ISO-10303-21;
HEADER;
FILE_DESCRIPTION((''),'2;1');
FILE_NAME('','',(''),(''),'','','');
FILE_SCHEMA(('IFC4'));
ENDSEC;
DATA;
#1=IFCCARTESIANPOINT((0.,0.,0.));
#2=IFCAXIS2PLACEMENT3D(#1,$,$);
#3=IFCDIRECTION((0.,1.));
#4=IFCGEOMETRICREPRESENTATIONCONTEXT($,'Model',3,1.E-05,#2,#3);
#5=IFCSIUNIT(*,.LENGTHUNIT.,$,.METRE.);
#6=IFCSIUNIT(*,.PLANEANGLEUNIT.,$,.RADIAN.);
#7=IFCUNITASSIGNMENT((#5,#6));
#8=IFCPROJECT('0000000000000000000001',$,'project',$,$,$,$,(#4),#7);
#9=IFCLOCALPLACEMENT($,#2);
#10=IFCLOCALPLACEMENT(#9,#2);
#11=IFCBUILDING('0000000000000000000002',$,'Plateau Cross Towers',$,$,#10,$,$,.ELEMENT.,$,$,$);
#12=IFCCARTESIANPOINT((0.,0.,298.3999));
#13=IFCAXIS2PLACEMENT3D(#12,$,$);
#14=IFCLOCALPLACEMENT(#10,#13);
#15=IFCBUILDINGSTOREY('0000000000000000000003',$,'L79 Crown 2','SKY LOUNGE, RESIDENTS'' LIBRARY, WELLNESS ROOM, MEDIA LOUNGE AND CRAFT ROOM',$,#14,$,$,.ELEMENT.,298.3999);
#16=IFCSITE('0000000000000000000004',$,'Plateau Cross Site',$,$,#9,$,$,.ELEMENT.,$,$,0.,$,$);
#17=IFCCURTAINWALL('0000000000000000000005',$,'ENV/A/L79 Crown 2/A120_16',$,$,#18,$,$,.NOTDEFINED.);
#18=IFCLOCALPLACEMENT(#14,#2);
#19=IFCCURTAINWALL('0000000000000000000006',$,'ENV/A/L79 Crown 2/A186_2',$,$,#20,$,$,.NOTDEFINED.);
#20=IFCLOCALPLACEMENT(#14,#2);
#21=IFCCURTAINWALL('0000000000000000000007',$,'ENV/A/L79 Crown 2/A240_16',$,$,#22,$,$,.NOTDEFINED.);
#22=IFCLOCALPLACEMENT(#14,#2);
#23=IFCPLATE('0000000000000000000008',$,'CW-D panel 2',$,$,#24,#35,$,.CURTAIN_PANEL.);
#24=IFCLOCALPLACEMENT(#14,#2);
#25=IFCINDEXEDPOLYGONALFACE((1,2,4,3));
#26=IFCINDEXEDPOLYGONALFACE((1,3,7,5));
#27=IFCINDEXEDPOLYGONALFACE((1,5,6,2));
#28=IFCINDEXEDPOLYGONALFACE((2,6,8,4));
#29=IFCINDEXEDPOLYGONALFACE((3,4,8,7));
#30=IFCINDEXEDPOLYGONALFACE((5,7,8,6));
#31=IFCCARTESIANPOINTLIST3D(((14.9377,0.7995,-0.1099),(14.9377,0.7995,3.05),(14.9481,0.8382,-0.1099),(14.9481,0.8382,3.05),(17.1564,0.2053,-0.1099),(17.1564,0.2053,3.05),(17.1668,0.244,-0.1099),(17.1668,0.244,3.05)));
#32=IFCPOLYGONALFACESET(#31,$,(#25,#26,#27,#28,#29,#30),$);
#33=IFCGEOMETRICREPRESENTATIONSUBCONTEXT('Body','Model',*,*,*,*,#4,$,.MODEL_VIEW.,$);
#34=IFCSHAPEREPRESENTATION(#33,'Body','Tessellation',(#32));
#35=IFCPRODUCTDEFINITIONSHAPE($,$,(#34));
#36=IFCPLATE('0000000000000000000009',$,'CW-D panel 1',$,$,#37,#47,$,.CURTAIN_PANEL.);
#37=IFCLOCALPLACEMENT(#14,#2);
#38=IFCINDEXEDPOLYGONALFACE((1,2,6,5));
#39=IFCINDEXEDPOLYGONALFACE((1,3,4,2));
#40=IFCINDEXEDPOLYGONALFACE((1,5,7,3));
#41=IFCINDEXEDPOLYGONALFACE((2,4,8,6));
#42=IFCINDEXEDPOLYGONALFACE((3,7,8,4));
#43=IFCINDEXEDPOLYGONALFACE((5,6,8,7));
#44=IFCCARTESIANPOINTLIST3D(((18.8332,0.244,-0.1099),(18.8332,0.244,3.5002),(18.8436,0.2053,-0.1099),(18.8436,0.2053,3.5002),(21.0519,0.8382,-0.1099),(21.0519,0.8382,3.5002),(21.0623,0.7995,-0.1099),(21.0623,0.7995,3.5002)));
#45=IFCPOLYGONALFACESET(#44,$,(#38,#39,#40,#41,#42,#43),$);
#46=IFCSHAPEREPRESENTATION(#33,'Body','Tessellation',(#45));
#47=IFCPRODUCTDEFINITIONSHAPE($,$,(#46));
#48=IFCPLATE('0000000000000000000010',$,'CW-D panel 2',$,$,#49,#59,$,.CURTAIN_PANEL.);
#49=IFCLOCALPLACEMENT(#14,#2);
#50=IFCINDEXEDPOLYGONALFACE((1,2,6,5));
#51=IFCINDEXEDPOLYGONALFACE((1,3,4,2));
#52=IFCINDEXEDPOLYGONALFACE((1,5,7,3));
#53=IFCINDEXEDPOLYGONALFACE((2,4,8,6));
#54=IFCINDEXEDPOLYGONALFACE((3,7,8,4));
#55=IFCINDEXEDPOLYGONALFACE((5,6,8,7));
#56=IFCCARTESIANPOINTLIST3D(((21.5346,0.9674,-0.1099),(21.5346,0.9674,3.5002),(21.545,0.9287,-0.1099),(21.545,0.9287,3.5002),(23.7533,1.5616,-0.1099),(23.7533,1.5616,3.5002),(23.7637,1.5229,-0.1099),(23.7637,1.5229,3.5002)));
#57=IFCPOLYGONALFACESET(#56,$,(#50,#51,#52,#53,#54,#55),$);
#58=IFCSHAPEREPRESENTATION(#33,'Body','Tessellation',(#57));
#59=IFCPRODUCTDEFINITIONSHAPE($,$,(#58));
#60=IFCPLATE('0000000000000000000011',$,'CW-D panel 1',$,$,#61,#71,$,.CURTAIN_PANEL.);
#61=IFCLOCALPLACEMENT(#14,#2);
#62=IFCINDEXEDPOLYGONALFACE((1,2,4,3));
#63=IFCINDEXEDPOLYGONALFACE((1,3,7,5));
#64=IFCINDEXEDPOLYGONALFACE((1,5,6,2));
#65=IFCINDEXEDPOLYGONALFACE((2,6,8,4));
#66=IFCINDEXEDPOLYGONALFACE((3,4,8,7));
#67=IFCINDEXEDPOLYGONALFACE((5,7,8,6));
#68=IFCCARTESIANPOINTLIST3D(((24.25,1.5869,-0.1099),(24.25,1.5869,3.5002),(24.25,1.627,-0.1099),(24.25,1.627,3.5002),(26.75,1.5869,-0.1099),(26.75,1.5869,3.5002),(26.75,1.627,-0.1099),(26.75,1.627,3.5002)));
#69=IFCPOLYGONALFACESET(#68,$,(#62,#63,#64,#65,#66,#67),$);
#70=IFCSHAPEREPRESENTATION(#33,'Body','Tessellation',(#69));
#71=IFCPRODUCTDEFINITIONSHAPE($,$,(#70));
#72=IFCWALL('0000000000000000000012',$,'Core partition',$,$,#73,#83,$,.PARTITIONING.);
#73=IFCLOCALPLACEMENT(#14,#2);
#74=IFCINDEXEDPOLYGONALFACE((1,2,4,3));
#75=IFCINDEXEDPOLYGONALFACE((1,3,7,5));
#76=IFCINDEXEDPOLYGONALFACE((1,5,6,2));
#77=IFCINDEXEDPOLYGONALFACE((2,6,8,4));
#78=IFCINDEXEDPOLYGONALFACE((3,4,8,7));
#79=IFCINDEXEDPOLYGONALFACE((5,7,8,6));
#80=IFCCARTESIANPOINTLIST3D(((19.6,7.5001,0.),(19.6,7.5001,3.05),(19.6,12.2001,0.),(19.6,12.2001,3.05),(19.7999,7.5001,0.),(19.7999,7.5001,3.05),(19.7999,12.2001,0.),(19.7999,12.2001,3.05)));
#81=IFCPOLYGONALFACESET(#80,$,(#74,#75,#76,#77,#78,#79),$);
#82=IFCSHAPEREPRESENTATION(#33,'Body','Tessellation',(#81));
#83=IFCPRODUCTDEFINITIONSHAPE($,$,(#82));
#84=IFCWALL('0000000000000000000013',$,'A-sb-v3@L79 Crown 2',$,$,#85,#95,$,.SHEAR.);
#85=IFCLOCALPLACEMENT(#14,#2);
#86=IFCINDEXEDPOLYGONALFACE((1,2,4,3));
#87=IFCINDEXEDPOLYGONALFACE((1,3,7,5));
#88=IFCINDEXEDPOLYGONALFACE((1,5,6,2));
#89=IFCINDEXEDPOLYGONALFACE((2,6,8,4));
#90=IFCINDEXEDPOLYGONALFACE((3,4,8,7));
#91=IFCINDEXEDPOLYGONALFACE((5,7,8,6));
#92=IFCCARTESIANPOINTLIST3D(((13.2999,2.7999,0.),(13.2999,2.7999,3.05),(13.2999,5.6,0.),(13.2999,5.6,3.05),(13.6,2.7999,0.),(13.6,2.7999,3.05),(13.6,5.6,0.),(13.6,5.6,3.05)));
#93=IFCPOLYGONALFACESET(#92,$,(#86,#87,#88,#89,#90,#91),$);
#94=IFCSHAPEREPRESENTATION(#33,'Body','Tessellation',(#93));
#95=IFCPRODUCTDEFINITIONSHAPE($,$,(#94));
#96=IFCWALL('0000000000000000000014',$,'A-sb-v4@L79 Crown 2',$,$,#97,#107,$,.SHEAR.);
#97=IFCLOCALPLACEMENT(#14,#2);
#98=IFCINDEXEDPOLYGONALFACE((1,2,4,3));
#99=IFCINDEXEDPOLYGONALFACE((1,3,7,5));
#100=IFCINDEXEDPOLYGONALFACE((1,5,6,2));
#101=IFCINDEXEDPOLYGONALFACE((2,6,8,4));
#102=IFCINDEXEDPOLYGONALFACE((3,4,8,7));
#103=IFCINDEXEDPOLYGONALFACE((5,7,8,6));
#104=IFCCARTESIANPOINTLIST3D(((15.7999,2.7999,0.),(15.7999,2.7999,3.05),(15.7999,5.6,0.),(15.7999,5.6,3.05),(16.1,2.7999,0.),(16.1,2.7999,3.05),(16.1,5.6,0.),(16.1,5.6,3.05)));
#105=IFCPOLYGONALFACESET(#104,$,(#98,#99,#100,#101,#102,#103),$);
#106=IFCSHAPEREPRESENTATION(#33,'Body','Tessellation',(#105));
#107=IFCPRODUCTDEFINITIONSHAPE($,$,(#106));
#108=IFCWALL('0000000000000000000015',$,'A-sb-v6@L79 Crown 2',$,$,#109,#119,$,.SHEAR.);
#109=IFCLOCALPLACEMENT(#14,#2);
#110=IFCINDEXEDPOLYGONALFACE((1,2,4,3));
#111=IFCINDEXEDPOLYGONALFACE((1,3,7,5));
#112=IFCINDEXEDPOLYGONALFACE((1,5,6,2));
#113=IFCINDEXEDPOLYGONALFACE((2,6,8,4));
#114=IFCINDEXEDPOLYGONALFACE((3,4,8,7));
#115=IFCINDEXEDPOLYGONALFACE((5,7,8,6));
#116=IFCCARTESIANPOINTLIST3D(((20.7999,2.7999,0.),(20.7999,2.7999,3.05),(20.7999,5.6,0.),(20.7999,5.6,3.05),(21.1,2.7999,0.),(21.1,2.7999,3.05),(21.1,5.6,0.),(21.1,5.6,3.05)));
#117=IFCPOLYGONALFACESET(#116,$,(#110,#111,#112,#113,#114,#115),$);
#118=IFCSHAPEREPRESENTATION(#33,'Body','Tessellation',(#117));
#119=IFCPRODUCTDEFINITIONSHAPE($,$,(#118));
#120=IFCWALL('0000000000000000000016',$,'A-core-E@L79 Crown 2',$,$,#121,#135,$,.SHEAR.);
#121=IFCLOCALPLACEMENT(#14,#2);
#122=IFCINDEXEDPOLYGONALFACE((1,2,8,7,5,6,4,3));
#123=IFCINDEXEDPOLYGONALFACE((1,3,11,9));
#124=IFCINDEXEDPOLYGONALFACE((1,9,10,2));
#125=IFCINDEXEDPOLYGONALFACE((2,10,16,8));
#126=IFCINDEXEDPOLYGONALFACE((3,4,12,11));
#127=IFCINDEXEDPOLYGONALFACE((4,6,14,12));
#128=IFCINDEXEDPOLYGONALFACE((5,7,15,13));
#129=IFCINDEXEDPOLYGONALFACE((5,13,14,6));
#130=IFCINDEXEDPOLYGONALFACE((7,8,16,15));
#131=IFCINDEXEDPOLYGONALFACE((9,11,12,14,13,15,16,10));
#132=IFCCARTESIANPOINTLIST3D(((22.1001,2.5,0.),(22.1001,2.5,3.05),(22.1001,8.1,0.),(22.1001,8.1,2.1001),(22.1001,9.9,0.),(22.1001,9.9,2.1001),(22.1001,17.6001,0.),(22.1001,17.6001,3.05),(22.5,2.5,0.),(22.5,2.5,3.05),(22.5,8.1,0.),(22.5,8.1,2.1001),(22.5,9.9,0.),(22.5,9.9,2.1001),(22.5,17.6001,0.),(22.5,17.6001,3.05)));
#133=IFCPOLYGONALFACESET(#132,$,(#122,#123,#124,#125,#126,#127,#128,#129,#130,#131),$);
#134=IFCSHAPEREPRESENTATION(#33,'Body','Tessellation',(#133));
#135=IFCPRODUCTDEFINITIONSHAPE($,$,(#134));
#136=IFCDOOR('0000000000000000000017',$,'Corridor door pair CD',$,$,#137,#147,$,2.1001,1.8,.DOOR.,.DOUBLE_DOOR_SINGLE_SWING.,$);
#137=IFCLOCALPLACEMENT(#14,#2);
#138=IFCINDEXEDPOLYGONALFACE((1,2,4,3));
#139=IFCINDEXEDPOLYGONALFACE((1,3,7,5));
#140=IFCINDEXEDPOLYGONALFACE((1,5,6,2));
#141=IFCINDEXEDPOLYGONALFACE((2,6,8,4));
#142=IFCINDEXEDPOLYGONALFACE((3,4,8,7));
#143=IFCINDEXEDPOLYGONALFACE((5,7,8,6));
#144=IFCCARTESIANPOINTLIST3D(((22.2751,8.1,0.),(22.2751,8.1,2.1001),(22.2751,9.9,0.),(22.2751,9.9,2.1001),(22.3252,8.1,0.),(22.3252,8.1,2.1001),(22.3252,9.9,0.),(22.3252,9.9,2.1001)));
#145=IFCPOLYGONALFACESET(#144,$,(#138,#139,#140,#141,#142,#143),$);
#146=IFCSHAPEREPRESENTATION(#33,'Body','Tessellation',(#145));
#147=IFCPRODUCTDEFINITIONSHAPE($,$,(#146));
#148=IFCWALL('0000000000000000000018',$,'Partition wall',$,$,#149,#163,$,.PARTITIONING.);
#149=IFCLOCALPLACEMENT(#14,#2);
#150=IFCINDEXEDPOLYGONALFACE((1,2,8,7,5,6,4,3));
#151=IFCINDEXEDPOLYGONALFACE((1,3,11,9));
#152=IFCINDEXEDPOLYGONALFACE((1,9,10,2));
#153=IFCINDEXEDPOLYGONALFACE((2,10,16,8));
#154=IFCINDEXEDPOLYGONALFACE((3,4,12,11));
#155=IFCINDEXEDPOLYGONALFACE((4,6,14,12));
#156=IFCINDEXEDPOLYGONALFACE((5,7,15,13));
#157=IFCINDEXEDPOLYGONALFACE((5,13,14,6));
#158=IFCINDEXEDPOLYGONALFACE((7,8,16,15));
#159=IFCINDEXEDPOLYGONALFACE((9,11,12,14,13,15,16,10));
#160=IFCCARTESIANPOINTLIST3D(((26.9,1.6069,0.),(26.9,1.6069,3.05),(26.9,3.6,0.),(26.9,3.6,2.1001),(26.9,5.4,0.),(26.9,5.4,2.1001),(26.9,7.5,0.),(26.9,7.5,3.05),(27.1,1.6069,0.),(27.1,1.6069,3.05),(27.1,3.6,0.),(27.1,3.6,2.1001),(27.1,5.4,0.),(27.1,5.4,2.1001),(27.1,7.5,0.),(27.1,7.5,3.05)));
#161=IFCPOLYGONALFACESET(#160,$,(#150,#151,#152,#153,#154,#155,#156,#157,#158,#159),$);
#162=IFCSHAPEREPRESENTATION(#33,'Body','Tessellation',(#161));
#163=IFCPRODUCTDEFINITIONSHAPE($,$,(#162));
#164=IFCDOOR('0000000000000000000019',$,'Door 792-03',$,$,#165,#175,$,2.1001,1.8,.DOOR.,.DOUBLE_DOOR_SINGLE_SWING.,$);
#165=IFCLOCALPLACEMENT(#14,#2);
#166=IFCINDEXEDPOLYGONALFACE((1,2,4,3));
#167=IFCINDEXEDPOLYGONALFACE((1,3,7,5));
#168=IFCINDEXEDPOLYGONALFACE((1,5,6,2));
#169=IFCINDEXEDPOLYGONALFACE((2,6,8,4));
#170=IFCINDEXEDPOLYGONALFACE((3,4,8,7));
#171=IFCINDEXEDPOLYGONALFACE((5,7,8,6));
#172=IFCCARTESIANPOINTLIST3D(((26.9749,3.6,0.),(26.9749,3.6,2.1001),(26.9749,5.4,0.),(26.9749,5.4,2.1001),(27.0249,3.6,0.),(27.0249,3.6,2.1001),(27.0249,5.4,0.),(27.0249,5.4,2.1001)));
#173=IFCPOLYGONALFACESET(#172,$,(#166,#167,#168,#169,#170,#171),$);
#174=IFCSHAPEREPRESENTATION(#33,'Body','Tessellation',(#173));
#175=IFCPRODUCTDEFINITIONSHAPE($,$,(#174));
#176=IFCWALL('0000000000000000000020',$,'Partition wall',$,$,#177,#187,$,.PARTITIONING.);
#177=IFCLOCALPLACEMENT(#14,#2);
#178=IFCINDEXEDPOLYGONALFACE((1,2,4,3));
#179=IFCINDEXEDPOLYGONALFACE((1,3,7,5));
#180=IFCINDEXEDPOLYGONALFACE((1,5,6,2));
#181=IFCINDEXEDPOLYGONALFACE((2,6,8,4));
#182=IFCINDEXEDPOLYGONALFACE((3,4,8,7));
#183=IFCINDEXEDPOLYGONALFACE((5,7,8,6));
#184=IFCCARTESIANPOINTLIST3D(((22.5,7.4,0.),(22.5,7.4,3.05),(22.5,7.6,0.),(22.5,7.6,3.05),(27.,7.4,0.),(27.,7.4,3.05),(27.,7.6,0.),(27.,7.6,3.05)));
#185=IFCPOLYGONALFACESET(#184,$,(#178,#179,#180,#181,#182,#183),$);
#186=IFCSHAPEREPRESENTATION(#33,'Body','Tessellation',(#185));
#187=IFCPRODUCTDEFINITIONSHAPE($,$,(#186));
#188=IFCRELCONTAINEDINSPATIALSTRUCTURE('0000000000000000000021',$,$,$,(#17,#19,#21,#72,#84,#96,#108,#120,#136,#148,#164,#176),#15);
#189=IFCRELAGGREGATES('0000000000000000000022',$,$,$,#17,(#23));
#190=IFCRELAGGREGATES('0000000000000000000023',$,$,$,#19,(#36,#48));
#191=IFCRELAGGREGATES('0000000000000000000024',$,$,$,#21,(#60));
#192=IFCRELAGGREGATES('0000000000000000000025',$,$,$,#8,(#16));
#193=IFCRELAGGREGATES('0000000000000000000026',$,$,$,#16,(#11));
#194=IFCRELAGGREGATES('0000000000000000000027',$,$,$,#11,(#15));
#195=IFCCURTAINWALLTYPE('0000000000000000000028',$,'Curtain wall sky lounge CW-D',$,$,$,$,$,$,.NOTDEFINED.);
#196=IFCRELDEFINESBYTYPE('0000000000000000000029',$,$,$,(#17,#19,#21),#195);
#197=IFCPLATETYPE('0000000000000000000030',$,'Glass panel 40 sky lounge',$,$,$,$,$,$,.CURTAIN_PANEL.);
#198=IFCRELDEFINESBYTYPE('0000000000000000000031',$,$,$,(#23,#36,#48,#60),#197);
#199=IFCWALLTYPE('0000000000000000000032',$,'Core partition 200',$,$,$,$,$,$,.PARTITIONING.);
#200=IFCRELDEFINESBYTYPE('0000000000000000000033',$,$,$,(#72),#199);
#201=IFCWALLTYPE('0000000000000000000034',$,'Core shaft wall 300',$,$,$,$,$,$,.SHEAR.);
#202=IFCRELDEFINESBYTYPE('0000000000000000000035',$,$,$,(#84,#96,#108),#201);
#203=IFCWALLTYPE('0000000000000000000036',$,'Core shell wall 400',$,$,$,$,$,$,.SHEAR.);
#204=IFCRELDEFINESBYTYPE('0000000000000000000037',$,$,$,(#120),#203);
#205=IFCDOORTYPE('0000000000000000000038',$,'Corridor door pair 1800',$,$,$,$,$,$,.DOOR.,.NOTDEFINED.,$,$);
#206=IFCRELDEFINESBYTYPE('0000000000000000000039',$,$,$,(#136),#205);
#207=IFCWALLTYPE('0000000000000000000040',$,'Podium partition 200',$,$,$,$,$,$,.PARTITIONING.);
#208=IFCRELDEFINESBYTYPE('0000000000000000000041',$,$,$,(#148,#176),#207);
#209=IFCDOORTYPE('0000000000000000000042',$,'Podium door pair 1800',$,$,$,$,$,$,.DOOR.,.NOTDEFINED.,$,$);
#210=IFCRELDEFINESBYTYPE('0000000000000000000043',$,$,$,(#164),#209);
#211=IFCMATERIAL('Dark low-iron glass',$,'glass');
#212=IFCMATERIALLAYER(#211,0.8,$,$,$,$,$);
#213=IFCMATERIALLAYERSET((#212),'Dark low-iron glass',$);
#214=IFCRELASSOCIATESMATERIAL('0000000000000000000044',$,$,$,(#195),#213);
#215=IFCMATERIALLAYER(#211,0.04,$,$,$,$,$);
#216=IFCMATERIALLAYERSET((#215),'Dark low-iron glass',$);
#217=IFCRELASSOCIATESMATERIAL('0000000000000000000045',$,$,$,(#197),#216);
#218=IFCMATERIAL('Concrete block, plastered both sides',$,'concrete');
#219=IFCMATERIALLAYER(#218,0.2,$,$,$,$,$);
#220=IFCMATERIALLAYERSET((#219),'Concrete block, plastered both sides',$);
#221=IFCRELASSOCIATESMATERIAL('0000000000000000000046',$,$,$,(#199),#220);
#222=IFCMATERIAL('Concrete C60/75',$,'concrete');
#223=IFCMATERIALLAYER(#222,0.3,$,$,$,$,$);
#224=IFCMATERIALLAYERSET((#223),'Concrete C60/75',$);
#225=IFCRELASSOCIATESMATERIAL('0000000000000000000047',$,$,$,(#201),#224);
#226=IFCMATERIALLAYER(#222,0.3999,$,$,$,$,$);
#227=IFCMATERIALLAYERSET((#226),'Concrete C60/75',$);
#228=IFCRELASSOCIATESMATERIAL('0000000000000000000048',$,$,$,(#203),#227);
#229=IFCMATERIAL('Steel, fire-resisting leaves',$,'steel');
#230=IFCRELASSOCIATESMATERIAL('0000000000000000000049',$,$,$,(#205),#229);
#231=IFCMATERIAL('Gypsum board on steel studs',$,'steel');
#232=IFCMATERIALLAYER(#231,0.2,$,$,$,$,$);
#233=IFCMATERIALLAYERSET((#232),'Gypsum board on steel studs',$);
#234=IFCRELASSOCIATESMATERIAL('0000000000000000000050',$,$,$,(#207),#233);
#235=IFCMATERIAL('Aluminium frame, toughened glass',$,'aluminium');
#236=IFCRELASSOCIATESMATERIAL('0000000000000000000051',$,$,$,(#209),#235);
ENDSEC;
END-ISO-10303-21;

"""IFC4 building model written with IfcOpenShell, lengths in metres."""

from ifc_helpers import new_model, si_unit, direction, frame, frame_2d, origin, origin_2d, place, context, subcontext, project, spatial, rectangle, extrude, material, layer, layer_set, type_object, element, fill, aggregate, save


model = new_model("IFC4")

# Units and contexts
model_context = context("Model", 3, precision=1e-05, world=origin(), true_north=direction((0.0, 1.0)))
body_context = subcontext(model_context, "Body", "Model", "MODEL_VIEW")
ifc_project = project(units=[si_unit("LENGTHUNIT", "METRE"), si_unit("PLANEANGLEUNIT", "RADIAN")], contexts=[model_context])

# Site, building, storey
site_placement = place(None, origin())
site = spatial("IfcSite", under=ifc_project, at=site_placement, Name="Plateau Cross Site", CompositionType="ELEMENT", RefElevation=0.0)
building_placement = place(site_placement, origin())
building = spatial("IfcBuilding", under=site, at=building_placement, Name="Plateau Cross Towers", CompositionType="ELEMENT")
storey_placement = place(building_placement, frame((0.0, 0.0, 298.3999)))
storey = spatial("IfcBuildingStorey", under=building, at=storey_placement, Name="L79 Crown 2", Description="SKY LOUNGE, RESIDENTS' LIBRARY, WELLNESS ROOM, MEDIA LOUNGE AND CRAFT ROOM", CompositionType="ELEMENT", Elevation=298.3999)

# Shared definitions
ifc_material_1 = material(Name="Concrete C60/75", Category="concrete")

# Curtain walls
ifc_material_2 = material(Name="Dark low-iron glass", Category="glass")
ifc_layer_1 = layer(ifc_material_2, 0.8)
ifc_layer_set_1 = layer_set([ifc_layer_1], Name="Dark low-iron glass")
curtain_wall_type = type_object("IfcCurtainWallType", Name="Curtain wall sky lounge CW-D", PredefinedType="NOTDEFINED", material=ifc_layer_set_1)
curtain_wall_1_placement = place(storey_placement, origin())
curtain_wall_1 = element("IfcCurtainWall", 1, at=curtain_wall_1_placement, inside=storey, type_object=curtain_wall_type, Name="ENV/A/L79 Crown 2/A120_16", PredefinedType="NOTDEFINED")
curtain_wall_2_placement = place(storey_placement, origin())
curtain_wall_2 = element("IfcCurtainWall", 2, at=curtain_wall_2_placement, inside=storey, type_object=curtain_wall_type, Name="ENV/A/L79 Crown 2/A186_2", PredefinedType="NOTDEFINED")
curtain_wall_3_placement = place(storey_placement, origin())
curtain_wall_3 = element("IfcCurtainWall", 3, at=curtain_wall_3_placement, inside=storey, type_object=curtain_wall_type, Name="ENV/A/L79 Crown 2/A240_16", PredefinedType="NOTDEFINED")

# Plates
ifc_layer_2 = layer(ifc_material_2, 0.04)
ifc_layer_set_2 = layer_set([ifc_layer_2], Name="Dark low-iron glass")
plate_type = type_object("IfcPlateType", Name="Glass panel 40 sky lounge", PredefinedType="CURTAIN_PANEL", material=ifc_layer_set_2)
plate_1_placement = place(storey_placement, frame((16.0522, 0.5217, -0.1099), z_axis=(0.0, 0.0, 1.0), x_axis=(0.965958, -0.258699, 0.0)))
plate_1 = element("IfcPlate", 4, at=plate_1_placement, type_object=plate_type, Name="CW-D panel 2", PredefinedType="CURTAIN_PANEL", context=body_context, shape_type="SweptSolid", body=[
    extrude(rectangle(XDim=2.2969, YDim=0.04, at=origin_2d()), origin(), (0.0, 0.0, 1.0), 3.1599),
])
aggregate(curtain_wall_1, [plate_1])
plate_2_placement = place(storey_placement, frame((19.9478, 0.5217, -0.1099), z_axis=(0.0, 0.0, 1.0), x_axis=(0.965958, 0.258699, 0.0)))
plate_2 = element("IfcPlate", 5, at=plate_2_placement, type_object=plate_type, Name="CW-D panel 1", PredefinedType="CURTAIN_PANEL", context=body_context, shape_type="SweptSolid", body=[
    extrude(rectangle(XDim=2.2969, YDim=0.04, at=origin_2d()), origin(), (0.0, 0.0, 1.0), 3.6101),
])
plate_3_placement = place(storey_placement, frame((22.6492, 1.2451, -0.1099), z_axis=(0.0, 0.0, 1.0), x_axis=(0.965958, 0.258699, 0.0)))
plate_3 = element("IfcPlate", 6, at=plate_3_placement, type_object=plate_type, Name="CW-D panel 2", PredefinedType="CURTAIN_PANEL", context=body_context, shape_type="SweptSolid", body=[
    extrude(rectangle(XDim=2.2969, YDim=0.04, at=origin_2d()), origin(), (0.0, 0.0, 1.0), 3.6101),
])
aggregate(curtain_wall_2, [plate_2, plate_3])
plate_4_placement = place(storey_placement, frame((25.5, 1.6069, -0.1099), z_axis=(0.0, 0.0, 1.0), x_axis=(1.0, 0.0, 0.0)))
plate_4 = element("IfcPlate", 7, at=plate_4_placement, type_object=plate_type, Name="CW-D panel 1", PredefinedType="CURTAIN_PANEL", context=body_context, shape_type="SweptSolid", body=[
    extrude(rectangle(XDim=2.5, YDim=0.04, at=origin_2d()), origin(), (0.0, 0.0, 1.0), 3.6101),
])
aggregate(curtain_wall_3, [plate_4])

# Walls
ifc_material_3 = material(Name="Concrete block, plastered both sides", Category="concrete")
ifc_layer_3 = layer(ifc_material_3, 0.2)
ifc_layer_set_3 = layer_set([ifc_layer_3], Name="Concrete block, plastered both sides")
wall_type_1 = type_object("IfcWallType", Name="Core partition 200", PredefinedType="PARTITIONING", material=ifc_layer_set_3)
wall_1_placement = place(storey_placement, frame((19.7, 7.5, 0.0), z_axis=(0.0, 0.0, 1.0), x_axis=(0.0, 1.0, 0.0)))
element("IfcWall", 8, at=wall_1_placement, inside=storey, type_object=wall_type_1, Name="Core partition", PredefinedType="PARTITIONING", context=body_context, shape_type="SweptSolid", body=[
    extrude(rectangle(XDim=4.7, YDim=0.2, at=frame_2d((2.3501, 0.0))), origin(), (0.0, 0.0, 1.0), 3.05),
])
ifc_layer_4 = layer(ifc_material_1, 0.3)
ifc_layer_set_4 = layer_set([ifc_layer_4], Name="Concrete C60/75")
wall_type_2 = type_object("IfcWallType", Name="Core shaft wall 300", PredefinedType="SHEAR", material=ifc_layer_set_4)
for number, where, z_axis, x_axis, name in (
    (9, (13.45, 2.8, 0.0), (0.0, 0.0, 1.0), (0.0, 1.0, 0.0), "A-sb-v3@L79 Crown 2"),
    (10, (15.95, 2.8, 0.0), (0.0, 0.0, 1.0), (0.0, 1.0, 0.0), "A-sb-v4@L79 Crown 2"),
    (11, (20.95, 2.8, 0.0), (0.0, 0.0, 1.0), (0.0, 1.0, 0.0), "A-sb-v6@L79 Crown 2"),
):
    element("IfcWall", number, at=place(storey_placement, frame(where, z_axis=z_axis, x_axis=x_axis)), inside=storey, type_object=wall_type_2, Name=name, PredefinedType="SHEAR", context=body_context, shape_type="SweptSolid", body=[
        extrude(rectangle(XDim=2.8, YDim=0.3, at=frame_2d((1.3999, 0.0))), origin(), (0.0, 0.0, 1.0), 3.05),
    ])

# Walls, openings, doors
ifc_layer_5 = layer(ifc_material_1, 0.3999)
ifc_layer_set_5 = layer_set([ifc_layer_5], Name="Concrete C60/75")
wall_type_3 = type_object("IfcWallType", Name="Core shell wall 400", PredefinedType="SHEAR", material=ifc_layer_set_5)
wall_2_placement = place(storey_placement, frame((22.3, 2.5, 0.0), z_axis=(0.0, 0.0, 1.0), x_axis=(0.0, 1.0, 0.0)))
wall_2 = element("IfcWall", 12, at=wall_2_placement, inside=storey, type_object=wall_type_3, Name="A-core-E@L79 Crown 2", PredefinedType="SHEAR", context=body_context, shape_type="SweptSolid", body=[
    extrude(rectangle(XDim=15.1001, YDim=0.3999, at=frame_2d((7.55, 0.0))), origin(), (0.0, 0.0, 1.0), 3.05),
])
opening_1_placement = place(wall_2_placement, frame((5.6001, 0.0, 0.0)))
opening_1 = element("IfcOpeningElement", 13, at=opening_1_placement, cuts=wall_2, PredefinedType="OPENING", context=body_context, shape_type="SweptSolid", body=[
    extrude(rectangle(XDim=1.8, YDim=2.1001, at=frame_2d((0.8999, 1.05))), frame((0.0, 0.21, 0.0), z_axis=(0.0, -1.0, 0.0), x_axis=(1.0, 0.0, 0.0)), (0.0, 0.0, 1.0), 0.4199),
])
ifc_material_4 = material(Name="Steel, fire-resisting leaves", Category="steel")
door_type_1 = type_object("IfcDoorType", Name="Corridor door pair 1800", OperationType="NOTDEFINED", PredefinedType="DOOR", material=ifc_material_4)
door_1_placement = place(opening_1_placement, origin())
door_1 = element("IfcDoor", 14, at=door_1_placement, inside=storey, type_object=door_type_1, Name="Corridor door pair CD", OperationType="DOUBLE_DOOR_SINGLE_SWING", OverallHeight=2.1001, OverallWidth=1.8, PredefinedType="DOOR", context=body_context, shape_type="SweptSolid", body=[
    extrude(rectangle(XDim=1.8, YDim=2.1001, at=frame_2d((0.8999, 1.05))), frame((0.0, 0.0249, 0.0), z_axis=(0.0, -1.0, 0.0), x_axis=(1.0, 0.0, 0.0)), (0.0, 0.0, 1.0), 0.05),
])
fill(opening_1, door_1)
ifc_material_5 = material(Name="Gypsum board on steel studs", Category="steel")
ifc_layer_6 = layer(ifc_material_5, 0.2)
ifc_layer_set_6 = layer_set([ifc_layer_6], Name="Gypsum board on steel studs")
wall_type_4 = type_object("IfcWallType", Name="Podium partition 200", PredefinedType="PARTITIONING", material=ifc_layer_set_6)
wall_3_placement = place(storey_placement, frame((27.0, 7.5, 0.0), z_axis=(0.0, 0.0, 1.0), x_axis=(0.0, -1.0, 0.0)))
wall_3 = element("IfcWall", 15, at=wall_3_placement, inside=storey, type_object=wall_type_4, Name="Partition wall", PredefinedType="PARTITIONING", context=body_context, shape_type="SweptSolid", body=[
    extrude(rectangle(XDim=5.8931, YDim=0.2, at=frame_2d((2.9465, 0.0))), origin(), (0.0, 0.0, 1.0), 3.05),
])
opening_2_placement = place(wall_3_placement, frame((2.1001, 0.0, 0.0)))
opening_2 = element("IfcOpeningElement", 16, at=opening_2_placement, cuts=wall_3, PredefinedType="OPENING", context=body_context, shape_type="SweptSolid", body=[
    extrude(rectangle(XDim=1.8, YDim=2.1001, at=frame_2d((0.8999, 1.05))), frame((0.0, 0.1099, 0.0), z_axis=(0.0, -1.0, 0.0), x_axis=(1.0, 0.0, 0.0)), (0.0, 0.0, 1.0), 0.22),
])
ifc_material_6 = material(Name="Aluminium frame, toughened glass", Category="aluminium")
door_type_2 = type_object("IfcDoorType", Name="Podium door pair 1800", OperationType="NOTDEFINED", PredefinedType="DOOR", material=ifc_material_6)
door_2_placement = place(opening_2_placement, origin())
door_2 = element("IfcDoor", 17, at=door_2_placement, inside=storey, type_object=door_type_2, Name="Door 792-03", OperationType="DOUBLE_DOOR_SINGLE_SWING", OverallHeight=2.1001, OverallWidth=1.8, PredefinedType="DOOR", context=body_context, shape_type="SweptSolid", body=[
    extrude(rectangle(XDim=1.8, YDim=2.1001, at=frame_2d((0.8999, 1.05))), frame((0.0, 0.0249, 0.0), z_axis=(0.0, -1.0, 0.0), x_axis=(1.0, 0.0, 0.0)), (0.0, 0.0, 1.0), 0.05),
])
fill(opening_2, door_2)

# Wall
wall_4_placement = place(storey_placement, frame((27.0, 7.5, 0.0), z_axis=(0.0, 0.0, 1.0), x_axis=(-1.0, 0.0, 0.0)))
element("IfcWall", 18, at=wall_4_placement, inside=storey, type_object=wall_type_4, Name="Partition wall", PredefinedType="PARTITIONING", context=body_context, shape_type="SweptSolid", body=[
    extrude(rectangle(XDim=4.5, YDim=0.2, at=frame_2d((2.25, 0.0))), origin(), (0.0, 0.0, 1.0), 3.05),
])

save(model, "model.ifc")
